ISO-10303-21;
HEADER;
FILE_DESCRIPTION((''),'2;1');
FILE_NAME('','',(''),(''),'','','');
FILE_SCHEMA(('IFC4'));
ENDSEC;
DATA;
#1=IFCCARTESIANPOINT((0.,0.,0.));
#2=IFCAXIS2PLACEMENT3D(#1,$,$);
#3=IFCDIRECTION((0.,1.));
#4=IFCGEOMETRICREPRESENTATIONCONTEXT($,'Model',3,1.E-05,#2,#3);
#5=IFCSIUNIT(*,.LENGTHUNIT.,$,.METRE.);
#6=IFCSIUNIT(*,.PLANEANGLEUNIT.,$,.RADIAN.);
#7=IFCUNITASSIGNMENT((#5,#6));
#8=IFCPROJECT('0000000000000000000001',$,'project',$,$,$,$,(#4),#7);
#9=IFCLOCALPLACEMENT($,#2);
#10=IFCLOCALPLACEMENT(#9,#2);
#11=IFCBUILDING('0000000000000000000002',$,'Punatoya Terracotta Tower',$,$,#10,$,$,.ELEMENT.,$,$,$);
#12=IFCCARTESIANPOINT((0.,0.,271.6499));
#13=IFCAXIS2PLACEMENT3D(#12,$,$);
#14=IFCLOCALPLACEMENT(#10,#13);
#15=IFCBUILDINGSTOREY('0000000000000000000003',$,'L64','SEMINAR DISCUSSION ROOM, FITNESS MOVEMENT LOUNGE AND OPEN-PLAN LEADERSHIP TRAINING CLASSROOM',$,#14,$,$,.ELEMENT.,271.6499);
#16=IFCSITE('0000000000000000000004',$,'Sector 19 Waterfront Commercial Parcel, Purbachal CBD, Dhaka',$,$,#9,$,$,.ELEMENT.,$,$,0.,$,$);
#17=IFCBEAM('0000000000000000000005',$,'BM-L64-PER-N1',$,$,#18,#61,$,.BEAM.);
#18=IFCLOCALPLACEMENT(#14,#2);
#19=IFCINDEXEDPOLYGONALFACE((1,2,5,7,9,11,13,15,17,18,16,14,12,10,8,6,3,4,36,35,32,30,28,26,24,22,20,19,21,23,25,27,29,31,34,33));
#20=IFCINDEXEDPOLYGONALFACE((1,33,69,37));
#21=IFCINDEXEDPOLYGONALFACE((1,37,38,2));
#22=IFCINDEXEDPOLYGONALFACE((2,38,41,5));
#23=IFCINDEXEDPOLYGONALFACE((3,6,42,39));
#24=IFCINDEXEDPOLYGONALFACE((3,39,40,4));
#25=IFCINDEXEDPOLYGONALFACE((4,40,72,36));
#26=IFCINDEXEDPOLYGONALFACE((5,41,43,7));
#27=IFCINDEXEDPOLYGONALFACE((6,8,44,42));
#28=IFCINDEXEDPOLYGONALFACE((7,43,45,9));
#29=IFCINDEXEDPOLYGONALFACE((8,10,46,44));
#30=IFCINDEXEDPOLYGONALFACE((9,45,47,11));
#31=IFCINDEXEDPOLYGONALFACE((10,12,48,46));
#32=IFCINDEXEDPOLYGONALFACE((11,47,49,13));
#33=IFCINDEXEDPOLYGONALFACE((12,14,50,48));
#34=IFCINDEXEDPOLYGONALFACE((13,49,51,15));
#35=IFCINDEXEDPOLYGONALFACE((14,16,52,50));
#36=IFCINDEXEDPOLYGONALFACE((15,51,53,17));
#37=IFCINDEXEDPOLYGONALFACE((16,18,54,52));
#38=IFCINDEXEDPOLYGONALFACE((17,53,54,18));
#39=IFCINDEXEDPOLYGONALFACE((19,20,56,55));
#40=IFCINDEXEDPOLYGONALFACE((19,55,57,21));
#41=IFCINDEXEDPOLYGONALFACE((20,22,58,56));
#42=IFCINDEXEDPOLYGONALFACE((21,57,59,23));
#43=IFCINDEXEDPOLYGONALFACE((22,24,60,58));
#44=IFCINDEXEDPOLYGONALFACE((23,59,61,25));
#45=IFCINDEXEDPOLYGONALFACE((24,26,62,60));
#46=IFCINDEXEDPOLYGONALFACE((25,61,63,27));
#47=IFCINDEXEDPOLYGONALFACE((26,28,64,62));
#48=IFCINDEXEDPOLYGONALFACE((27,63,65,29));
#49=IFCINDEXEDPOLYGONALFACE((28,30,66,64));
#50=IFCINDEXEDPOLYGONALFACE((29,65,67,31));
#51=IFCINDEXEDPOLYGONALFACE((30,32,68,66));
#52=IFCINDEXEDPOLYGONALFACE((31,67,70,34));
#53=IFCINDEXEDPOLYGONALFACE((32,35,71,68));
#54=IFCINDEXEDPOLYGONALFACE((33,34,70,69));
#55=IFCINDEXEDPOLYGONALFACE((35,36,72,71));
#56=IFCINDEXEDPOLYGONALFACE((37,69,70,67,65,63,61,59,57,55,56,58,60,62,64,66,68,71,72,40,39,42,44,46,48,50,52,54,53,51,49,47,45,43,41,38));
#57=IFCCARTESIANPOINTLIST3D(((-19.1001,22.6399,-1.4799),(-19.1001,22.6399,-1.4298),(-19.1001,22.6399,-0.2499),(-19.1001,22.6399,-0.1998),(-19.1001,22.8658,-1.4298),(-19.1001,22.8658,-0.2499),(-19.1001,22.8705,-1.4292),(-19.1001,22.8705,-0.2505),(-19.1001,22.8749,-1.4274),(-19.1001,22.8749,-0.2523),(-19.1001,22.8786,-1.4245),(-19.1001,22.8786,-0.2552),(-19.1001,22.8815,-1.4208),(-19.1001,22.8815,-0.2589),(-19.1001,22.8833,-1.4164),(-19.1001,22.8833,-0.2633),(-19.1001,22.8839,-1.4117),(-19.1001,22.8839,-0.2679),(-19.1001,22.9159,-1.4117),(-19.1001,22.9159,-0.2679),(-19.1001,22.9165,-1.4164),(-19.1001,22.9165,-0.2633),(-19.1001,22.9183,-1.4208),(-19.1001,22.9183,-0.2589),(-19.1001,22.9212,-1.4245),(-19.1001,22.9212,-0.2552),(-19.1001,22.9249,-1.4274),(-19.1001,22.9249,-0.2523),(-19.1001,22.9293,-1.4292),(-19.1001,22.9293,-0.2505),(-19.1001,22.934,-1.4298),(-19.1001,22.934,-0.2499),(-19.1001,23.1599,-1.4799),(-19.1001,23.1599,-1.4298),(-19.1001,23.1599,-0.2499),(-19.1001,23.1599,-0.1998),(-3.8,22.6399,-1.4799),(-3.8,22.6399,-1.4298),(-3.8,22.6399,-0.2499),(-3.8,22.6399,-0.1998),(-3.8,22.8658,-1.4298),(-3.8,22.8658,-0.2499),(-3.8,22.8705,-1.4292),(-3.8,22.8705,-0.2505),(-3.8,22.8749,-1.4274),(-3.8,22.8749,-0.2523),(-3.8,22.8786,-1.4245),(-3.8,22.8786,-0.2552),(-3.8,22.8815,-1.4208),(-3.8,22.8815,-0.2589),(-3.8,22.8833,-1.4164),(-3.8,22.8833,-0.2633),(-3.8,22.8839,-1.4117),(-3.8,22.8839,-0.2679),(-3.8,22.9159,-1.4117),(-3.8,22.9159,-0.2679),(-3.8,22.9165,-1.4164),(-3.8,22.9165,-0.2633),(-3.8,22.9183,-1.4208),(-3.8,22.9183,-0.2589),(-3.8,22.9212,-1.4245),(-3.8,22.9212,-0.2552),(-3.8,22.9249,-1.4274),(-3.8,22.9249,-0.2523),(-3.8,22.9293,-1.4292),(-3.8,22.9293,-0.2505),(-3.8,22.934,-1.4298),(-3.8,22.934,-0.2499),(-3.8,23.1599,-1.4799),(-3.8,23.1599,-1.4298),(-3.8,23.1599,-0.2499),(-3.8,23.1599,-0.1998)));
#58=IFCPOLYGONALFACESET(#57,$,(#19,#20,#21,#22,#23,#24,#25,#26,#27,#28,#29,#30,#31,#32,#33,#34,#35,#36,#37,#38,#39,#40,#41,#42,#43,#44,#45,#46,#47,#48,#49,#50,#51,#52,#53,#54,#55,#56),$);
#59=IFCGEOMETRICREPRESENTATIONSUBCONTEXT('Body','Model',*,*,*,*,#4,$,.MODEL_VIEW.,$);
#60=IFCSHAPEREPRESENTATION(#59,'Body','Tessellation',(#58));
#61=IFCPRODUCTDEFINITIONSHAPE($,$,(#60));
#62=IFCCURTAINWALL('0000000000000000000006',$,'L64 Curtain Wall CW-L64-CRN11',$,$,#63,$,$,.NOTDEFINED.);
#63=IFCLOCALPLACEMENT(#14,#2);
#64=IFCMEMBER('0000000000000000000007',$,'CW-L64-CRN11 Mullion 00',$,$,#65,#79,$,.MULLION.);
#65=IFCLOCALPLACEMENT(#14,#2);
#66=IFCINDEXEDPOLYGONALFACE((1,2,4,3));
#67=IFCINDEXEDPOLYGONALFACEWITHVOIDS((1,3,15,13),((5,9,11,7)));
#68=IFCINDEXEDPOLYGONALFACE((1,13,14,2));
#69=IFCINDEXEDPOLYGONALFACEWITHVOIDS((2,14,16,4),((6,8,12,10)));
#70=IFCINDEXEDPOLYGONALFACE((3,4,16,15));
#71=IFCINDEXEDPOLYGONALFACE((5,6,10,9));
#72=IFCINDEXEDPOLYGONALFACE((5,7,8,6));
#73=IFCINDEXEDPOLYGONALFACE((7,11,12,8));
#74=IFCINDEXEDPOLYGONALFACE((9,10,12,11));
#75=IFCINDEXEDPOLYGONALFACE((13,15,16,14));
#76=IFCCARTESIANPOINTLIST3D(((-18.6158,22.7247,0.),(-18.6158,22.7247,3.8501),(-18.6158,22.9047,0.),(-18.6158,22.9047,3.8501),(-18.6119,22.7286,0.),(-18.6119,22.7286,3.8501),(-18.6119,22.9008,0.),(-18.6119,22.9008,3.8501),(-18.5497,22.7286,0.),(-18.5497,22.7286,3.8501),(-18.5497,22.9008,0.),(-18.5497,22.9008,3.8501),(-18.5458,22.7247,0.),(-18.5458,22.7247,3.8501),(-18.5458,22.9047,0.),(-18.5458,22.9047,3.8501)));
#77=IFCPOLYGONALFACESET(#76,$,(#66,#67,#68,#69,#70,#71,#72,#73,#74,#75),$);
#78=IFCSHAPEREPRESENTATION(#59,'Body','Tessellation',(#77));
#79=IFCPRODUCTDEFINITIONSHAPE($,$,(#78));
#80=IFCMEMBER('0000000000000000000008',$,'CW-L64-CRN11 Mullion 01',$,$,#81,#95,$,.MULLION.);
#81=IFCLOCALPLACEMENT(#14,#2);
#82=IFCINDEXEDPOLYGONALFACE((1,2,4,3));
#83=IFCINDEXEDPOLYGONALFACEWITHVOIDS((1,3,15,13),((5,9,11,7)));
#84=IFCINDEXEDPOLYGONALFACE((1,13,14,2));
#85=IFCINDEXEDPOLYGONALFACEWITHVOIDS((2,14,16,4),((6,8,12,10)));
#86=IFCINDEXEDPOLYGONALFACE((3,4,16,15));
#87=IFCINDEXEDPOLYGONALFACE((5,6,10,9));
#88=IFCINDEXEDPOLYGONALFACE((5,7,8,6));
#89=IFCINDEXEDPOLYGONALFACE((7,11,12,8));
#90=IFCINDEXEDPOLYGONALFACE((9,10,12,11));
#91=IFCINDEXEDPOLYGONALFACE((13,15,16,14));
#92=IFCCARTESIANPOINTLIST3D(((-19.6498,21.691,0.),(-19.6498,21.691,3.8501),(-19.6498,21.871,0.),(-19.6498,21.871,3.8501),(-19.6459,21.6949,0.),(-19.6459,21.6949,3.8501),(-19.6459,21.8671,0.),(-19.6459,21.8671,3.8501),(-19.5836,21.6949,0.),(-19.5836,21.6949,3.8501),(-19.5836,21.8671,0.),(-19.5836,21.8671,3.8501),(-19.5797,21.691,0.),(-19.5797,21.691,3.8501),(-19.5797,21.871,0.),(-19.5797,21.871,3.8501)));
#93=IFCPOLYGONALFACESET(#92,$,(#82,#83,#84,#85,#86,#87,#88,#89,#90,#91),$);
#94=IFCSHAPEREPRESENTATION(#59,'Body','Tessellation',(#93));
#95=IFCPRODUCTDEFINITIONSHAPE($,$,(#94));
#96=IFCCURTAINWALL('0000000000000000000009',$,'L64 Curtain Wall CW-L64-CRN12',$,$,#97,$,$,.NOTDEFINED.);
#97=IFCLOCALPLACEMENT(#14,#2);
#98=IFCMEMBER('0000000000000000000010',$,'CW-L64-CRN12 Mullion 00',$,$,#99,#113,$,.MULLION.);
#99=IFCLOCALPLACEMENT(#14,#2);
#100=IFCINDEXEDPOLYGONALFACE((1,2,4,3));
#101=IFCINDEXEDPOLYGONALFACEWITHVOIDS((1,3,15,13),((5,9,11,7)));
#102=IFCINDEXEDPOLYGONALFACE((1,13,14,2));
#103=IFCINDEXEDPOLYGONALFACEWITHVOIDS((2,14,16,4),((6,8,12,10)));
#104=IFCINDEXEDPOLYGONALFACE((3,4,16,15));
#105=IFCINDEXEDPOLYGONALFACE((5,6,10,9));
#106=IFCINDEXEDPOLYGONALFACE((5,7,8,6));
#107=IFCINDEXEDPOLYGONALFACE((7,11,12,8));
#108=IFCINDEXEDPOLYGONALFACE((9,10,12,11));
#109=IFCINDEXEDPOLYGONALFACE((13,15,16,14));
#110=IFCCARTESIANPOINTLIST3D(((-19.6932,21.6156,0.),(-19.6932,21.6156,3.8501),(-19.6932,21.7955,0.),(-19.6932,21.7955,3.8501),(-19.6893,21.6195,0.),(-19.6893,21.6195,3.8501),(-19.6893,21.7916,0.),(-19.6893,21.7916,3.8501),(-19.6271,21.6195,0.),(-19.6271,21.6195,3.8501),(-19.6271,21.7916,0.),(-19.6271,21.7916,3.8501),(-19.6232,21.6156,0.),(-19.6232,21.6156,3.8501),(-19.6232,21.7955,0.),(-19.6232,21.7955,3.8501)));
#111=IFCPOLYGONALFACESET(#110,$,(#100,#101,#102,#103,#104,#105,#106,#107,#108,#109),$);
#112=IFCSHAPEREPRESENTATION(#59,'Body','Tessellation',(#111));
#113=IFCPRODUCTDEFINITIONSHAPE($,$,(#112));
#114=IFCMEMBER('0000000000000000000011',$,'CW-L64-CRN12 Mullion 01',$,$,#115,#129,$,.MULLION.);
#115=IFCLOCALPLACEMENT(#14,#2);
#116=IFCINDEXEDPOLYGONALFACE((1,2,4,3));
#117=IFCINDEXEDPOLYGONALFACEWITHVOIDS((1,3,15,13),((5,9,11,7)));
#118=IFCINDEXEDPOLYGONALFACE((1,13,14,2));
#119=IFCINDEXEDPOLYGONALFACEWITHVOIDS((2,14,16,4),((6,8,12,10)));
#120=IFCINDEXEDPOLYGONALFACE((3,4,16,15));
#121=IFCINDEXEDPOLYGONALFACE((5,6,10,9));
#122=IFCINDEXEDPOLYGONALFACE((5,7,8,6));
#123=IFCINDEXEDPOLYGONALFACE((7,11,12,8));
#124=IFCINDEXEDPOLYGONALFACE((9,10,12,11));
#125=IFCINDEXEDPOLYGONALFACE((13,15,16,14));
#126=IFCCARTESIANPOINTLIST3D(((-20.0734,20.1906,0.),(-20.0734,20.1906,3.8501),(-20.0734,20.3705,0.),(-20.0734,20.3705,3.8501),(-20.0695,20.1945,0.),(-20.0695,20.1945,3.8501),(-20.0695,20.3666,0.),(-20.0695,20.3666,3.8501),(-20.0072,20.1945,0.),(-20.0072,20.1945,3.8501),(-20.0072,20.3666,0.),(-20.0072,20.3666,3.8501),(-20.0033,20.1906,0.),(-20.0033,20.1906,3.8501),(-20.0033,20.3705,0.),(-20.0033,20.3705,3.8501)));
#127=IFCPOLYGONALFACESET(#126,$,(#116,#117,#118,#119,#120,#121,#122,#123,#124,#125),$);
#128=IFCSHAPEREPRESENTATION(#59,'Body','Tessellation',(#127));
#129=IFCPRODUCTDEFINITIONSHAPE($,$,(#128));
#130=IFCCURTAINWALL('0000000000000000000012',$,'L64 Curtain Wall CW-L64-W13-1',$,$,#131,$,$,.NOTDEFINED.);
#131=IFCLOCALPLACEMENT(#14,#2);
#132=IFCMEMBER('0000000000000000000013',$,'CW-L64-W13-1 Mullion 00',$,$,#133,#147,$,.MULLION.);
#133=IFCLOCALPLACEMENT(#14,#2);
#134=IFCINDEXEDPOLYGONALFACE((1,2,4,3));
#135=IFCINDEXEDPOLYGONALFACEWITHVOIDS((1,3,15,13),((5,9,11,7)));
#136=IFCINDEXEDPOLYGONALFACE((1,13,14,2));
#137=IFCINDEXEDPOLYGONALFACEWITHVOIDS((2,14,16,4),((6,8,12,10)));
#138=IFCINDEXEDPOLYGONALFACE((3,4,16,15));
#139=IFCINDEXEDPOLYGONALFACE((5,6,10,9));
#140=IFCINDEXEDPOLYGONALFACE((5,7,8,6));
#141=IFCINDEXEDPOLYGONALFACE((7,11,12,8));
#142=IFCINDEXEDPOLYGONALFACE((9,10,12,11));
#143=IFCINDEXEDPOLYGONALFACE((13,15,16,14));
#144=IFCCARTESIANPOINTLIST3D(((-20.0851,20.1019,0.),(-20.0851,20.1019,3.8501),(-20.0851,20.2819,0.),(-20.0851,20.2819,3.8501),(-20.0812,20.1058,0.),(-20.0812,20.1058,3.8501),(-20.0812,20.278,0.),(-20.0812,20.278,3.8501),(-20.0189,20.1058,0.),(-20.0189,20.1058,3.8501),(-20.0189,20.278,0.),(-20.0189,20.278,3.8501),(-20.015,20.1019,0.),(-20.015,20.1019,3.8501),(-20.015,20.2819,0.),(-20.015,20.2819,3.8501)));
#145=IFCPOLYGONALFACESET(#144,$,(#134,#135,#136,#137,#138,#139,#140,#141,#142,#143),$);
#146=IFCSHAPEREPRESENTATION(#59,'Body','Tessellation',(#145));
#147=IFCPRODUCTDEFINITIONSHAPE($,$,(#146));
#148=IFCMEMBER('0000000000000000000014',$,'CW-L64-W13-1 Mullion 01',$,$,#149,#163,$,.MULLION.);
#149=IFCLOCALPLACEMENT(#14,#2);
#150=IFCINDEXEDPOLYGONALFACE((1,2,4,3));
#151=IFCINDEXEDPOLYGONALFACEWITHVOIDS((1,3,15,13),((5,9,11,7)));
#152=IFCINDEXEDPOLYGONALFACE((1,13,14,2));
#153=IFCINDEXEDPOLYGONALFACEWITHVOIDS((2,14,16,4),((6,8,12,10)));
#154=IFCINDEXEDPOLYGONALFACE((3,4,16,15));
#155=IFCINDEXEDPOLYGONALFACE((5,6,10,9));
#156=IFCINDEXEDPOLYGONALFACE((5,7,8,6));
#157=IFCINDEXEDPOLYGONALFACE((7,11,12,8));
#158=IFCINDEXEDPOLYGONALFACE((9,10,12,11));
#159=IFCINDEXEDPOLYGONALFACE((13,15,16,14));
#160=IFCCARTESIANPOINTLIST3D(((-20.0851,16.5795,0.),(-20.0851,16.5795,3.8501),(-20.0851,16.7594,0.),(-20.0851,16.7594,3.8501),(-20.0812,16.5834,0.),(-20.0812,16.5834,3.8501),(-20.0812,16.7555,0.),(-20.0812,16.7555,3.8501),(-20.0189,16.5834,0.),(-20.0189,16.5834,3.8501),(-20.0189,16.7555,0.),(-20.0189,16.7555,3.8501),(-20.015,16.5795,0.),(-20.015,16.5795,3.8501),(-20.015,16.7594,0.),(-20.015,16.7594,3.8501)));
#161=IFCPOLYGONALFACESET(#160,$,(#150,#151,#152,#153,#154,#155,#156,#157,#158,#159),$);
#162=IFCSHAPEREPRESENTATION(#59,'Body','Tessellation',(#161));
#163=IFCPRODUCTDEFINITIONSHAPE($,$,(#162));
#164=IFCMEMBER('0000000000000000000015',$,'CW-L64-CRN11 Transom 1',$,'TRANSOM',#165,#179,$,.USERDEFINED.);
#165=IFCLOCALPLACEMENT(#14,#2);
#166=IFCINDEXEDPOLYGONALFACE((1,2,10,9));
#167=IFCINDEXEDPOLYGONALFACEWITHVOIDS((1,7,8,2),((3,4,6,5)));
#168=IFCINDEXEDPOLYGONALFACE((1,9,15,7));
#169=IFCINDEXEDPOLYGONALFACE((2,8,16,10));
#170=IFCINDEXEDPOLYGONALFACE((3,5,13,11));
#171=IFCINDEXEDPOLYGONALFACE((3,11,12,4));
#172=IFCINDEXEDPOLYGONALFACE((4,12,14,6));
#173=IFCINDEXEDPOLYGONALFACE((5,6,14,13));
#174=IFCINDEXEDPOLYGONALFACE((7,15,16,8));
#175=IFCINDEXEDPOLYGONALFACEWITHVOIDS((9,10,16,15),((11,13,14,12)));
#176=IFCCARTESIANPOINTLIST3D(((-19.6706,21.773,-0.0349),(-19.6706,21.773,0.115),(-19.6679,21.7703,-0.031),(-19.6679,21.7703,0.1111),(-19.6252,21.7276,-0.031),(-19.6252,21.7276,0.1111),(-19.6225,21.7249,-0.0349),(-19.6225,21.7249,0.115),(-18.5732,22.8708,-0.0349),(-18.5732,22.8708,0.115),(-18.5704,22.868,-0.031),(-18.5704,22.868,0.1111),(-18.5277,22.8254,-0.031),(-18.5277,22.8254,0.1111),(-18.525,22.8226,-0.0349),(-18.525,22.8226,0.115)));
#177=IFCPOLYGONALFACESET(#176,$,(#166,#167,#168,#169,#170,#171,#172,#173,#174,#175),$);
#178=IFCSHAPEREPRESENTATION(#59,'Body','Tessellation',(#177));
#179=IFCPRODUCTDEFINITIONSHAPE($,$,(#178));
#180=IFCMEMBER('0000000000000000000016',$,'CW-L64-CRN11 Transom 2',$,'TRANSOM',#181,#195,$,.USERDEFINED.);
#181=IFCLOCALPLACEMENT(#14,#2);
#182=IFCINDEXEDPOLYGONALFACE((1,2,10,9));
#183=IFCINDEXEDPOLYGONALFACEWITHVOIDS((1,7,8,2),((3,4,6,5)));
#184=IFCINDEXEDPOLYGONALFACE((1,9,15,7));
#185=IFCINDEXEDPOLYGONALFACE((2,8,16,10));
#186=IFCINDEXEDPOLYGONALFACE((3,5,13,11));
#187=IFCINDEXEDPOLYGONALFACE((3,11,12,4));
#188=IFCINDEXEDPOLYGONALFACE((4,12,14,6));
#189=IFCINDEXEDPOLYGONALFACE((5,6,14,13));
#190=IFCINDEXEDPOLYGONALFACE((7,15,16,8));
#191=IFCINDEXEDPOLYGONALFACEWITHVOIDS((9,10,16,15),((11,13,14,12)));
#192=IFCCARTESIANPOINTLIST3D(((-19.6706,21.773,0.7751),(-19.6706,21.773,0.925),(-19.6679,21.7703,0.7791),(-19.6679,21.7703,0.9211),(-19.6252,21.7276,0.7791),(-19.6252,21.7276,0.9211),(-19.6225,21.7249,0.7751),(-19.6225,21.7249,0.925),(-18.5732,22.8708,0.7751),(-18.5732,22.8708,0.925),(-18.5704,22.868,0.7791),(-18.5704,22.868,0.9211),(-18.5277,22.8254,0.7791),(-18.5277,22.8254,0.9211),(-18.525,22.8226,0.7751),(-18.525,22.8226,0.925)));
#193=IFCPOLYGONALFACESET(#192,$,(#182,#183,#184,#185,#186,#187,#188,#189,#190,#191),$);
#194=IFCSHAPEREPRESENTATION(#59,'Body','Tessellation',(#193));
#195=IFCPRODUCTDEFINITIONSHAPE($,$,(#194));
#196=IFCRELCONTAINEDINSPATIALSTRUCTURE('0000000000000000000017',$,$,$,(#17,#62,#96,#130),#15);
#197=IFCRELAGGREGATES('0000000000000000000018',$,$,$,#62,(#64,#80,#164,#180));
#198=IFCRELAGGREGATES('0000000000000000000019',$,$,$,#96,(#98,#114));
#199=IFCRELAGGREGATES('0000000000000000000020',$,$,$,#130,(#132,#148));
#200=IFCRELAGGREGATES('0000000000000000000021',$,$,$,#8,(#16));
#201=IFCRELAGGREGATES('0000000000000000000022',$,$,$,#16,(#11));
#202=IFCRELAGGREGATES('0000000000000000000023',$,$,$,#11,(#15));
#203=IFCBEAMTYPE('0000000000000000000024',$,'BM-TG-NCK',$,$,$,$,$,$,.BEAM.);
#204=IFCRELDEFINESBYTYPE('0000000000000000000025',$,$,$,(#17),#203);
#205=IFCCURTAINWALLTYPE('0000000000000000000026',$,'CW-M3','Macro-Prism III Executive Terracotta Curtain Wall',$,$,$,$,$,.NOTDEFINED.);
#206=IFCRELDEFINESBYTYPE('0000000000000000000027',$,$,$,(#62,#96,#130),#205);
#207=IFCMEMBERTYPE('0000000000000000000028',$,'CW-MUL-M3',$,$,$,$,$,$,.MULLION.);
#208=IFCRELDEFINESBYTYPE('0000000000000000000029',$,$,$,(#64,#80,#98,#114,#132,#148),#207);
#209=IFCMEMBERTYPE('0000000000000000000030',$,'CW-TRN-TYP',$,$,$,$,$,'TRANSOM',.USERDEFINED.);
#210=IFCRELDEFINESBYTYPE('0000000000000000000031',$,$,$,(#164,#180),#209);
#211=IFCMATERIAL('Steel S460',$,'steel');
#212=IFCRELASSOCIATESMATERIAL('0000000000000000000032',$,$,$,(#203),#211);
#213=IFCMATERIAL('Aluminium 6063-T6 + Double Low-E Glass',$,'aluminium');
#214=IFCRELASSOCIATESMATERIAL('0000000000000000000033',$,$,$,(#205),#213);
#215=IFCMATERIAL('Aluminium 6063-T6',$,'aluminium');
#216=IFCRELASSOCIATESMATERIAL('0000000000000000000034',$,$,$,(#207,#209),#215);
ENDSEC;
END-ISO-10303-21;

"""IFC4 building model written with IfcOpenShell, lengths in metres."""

from ifc_helpers import new_model, si_unit, direction, frame, origin, origin_2d, place, context, subcontext, project, spatial, hollow_rectangle, i_section, extrude, material, material_profile, profile_set, type_object, element, aggregate, save


model = new_model("IFC4")

# Units and contexts
model_context = context("Model", 3, precision=1e-05, world=origin(), true_north=direction((0.0, 1.0)))
body_context = subcontext(model_context, "Body", "Model", "MODEL_VIEW")
ifc_project = project(units=[si_unit("LENGTHUNIT", "METRE"), si_unit("PLANEANGLEUNIT", "RADIAN")], contexts=[model_context])

# Site, building, storey
site_placement = place(None, origin())
site = spatial("IfcSite", under=ifc_project, at=site_placement, Name="Sector 19 Waterfront Commercial Parcel, Purbachal CBD, Dhaka", CompositionType="ELEMENT", RefElevation=0.0)
building_placement = place(site_placement, origin())
building = spatial("IfcBuilding", under=site, at=building_placement, Name="Punatoya Terracotta Tower", CompositionType="ELEMENT")
storey_placement = place(building_placement, frame((0.0, 0.0, 271.6499)))
storey = spatial("IfcBuildingStorey", under=building, at=storey_placement, Name="L64", Description="SEMINAR DISCUSSION ROOM, FITNESS MOVEMENT LOUNGE AND OPEN-PLAN LEADERSHIP TRAINING CLASSROOM", CompositionType="ELEMENT", Elevation=271.6499)

# Shared definitions
ifc_material_1 = material(Name="Steel S460", Category="steel")

# Beam
ifc_material_profile_1 = material_profile(ifc_material_1, i_section(OverallWidth=0.52, OverallDepth=1.28, WebThickness=0.032, FlangeThickness=0.05, FilletRadius=0.0181, at=origin_2d()))
ifc_profile_set_1 = profile_set([ifc_material_profile_1], Name="Steel S460")
beam_type_1 = type_object("IfcBeamType", Name="BM-TG-NCK", PredefinedType="BEAM", material=ifc_profile_set_1)
beam_1_placement = place(storey_placement, frame((-19.1001, 22.8999, -0.8398), z_axis=(1.0, 0.0, 0.0), x_axis=(0.0, 1.0, 0.0)))
element("IfcBeam", 1, at=beam_1_placement, inside=storey, type_object=beam_type_1, Name="BM-L64-PER-N1", PredefinedType="BEAM", context=body_context, shape_type="SweptSolid", body=[
    extrude(i_section(OverallWidth=0.52, OverallDepth=1.28, WebThickness=0.032, FlangeThickness=0.05, FilletRadius=0.0181, at=origin_2d()), origin(), (0.0, 0.0, 1.0), 15.3),
])

# Curtain walls, members
ifc_material_2 = material(Name="Aluminium 6063-T6 + Double Low-E Glass", Category="aluminium")
curtain_wall_type = type_object("IfcCurtainWallType", Name="CW-M3", Description="Macro-Prism III Executive Terracotta Curtain Wall", PredefinedType="NOTDEFINED", material=ifc_material_2)
curtain_wall_1_placement = place(storey_placement, origin())
curtain_wall_1 = element("IfcCurtainWall", 2, at=curtain_wall_1_placement, inside=storey, type_object=curtain_wall_type, Name="L64 Curtain Wall CW-L64-CRN11", PredefinedType="NOTDEFINED")
ifc_material_3 = material(Name="Aluminium 6063-T6", Category="aluminium")
ifc_material_profile_2 = material_profile(ifc_material_3, hollow_rectangle(XDim=0.0701, YDim=0.1799, WallThickness=0.0039, at=origin_2d()))
ifc_profile_set_2 = profile_set([ifc_material_profile_2], Name="Aluminium 6063-T6")
member_type_1 = type_object("IfcMemberType", Name="CW-MUL-M3", PredefinedType="MULLION", material=ifc_profile_set_2)
member_1_placement = place(storey_placement, frame((-18.5808, 22.8147, 0.0), z_axis=(0.0, 0.0, 1.0), x_axis=(1.0, 0.0, 0.0)))
member_1 = element("IfcMember", 3, at=member_1_placement, type_object=member_type_1, Name="CW-L64-CRN11 Mullion 00", PredefinedType="MULLION", context=body_context, shape_type="SweptSolid", body=[
    extrude(hollow_rectangle(XDim=0.0701, YDim=0.1799, WallThickness=0.0039, at=origin_2d()), origin(), (0.0, 0.0, 1.0), 3.8501),
])
member_2_placement = place(storey_placement, frame((-19.6147, 21.781, 0.0), z_axis=(0.0, 0.0, 1.0), x_axis=(1.0, 0.0, 0.0)))
member_2 = element("IfcMember", 4, at=member_2_placement, type_object=member_type_1, Name="CW-L64-CRN11 Mullion 01", PredefinedType="MULLION", context=body_context, shape_type="SweptSolid", body=[
    extrude(hollow_rectangle(XDim=0.0701, YDim=0.1799, WallThickness=0.0039, at=origin_2d()), origin(), (0.0, 0.0, 1.0), 3.8501),
])
curtain_wall_2_placement = place(storey_placement, origin())
curtain_wall_2 = element("IfcCurtainWall", 5, at=curtain_wall_2_placement, inside=storey, type_object=curtain_wall_type, Name="L64 Curtain Wall CW-L64-CRN12", PredefinedType="NOTDEFINED")
member_3_placement = place(storey_placement, frame((-19.6582, 21.7056, 0.0), z_axis=(0.0, 0.0, 1.0), x_axis=(1.0, 0.0, 0.0)))
member_3 = element("IfcMember", 6, at=member_3_placement, type_object=member_type_1, Name="CW-L64-CRN12 Mullion 00", PredefinedType="MULLION", context=body_context, shape_type="SweptSolid", body=[
    extrude(hollow_rectangle(XDim=0.0701, YDim=0.1799, WallThickness=0.0039, at=origin_2d()), origin(), (0.0, 0.0, 1.0), 3.8501),
])
member_4_placement = place(storey_placement, frame((-20.0383, 20.2805, 0.0), z_axis=(0.0, 0.0, 1.0), x_axis=(1.0, 0.0, 0.0)))
member_4 = element("IfcMember", 7, at=member_4_placement, type_object=member_type_1, Name="CW-L64-CRN12 Mullion 01", PredefinedType="MULLION", context=body_context, shape_type="SweptSolid", body=[
    extrude(hollow_rectangle(XDim=0.0701, YDim=0.1799, WallThickness=0.0039, at=origin_2d()), origin(), (0.0, 0.0, 1.0), 3.8501),
])
curtain_wall_3_placement = place(storey_placement, origin())
curtain_wall_3 = element("IfcCurtainWall", 8, at=curtain_wall_3_placement, inside=storey, type_object=curtain_wall_type, Name="L64 Curtain Wall CW-L64-W13-1", PredefinedType="NOTDEFINED")
member_5_placement = place(storey_placement, frame((-20.05, 20.1919, 0.0), z_axis=(0.0, 0.0, 1.0), x_axis=(1.0, 0.0, 0.0)))
member_5 = element("IfcMember", 9, at=member_5_placement, type_object=member_type_1, Name="CW-L64-W13-1 Mullion 00", PredefinedType="MULLION", context=body_context, shape_type="SweptSolid", body=[
    extrude(hollow_rectangle(XDim=0.0701, YDim=0.1799, WallThickness=0.0039, at=origin_2d()), origin(), (0.0, 0.0, 1.0), 3.8501),
])
member_6_placement = place(storey_placement, frame((-20.05, 16.6694, 0.0), z_axis=(0.0, 0.0, 1.0), x_axis=(1.0, 0.0, 0.0)))
member_6 = element("IfcMember", 10, at=member_6_placement, type_object=member_type_1, Name="CW-L64-W13-1 Mullion 01", PredefinedType="MULLION", context=body_context, shape_type="SweptSolid", body=[
    extrude(hollow_rectangle(XDim=0.0701, YDim=0.1799, WallThickness=0.0039, at=origin_2d()), origin(), (0.0, 0.0, 1.0), 3.8501),
])

# Members
ifc_material_profile_3 = material_profile(ifc_material_3, hollow_rectangle(XDim=0.0681, YDim=0.1499, WallThickness=0.0039, at=origin_2d()))
ifc_profile_set_3 = profile_set([ifc_material_profile_3], Name="Aluminium 6063-T6")
member_type_2 = type_object("IfcMemberType", Name="CW-TRN-TYP", ElementType="TRANSOM", PredefinedType="USERDEFINED", material=ifc_profile_set_3)
member_7_placement = place(storey_placement, frame((-18.5491, 22.8467, 0.04), z_axis=(-0.707028, -0.707185, 0.0), x_axis=(0.707185, -0.707028, 0.0)))
member_7 = element("IfcMember", 11, at=member_7_placement, type_object=member_type_2, Name="CW-L64-CRN11 Transom 1", ObjectType="TRANSOM", PredefinedType="USERDEFINED", context=body_context, shape_type="SweptSolid", body=[
    extrude(hollow_rectangle(XDim=0.0681, YDim=0.1499, WallThickness=0.0039, at=origin_2d()), origin(), (0.0, 0.0, 1.0), 1.5522),
])
member_8_placement = place(storey_placement, frame((-18.5491, 22.8467, 0.8501), z_axis=(-0.707028, -0.707185, 0.0), x_axis=(0.707185, -0.707028, 0.0)))
member_8 = element("IfcMember", 12, at=member_8_placement, type_object=member_type_2, Name="CW-L64-CRN11 Transom 2", ObjectType="TRANSOM", PredefinedType="USERDEFINED", context=body_context, shape_type="SweptSolid", body=[
    extrude(hollow_rectangle(XDim=0.0681, YDim=0.1499, WallThickness=0.0039, at=origin_2d()), origin(), (0.0, 0.0, 1.0), 1.5522),
])

aggregate(curtain_wall_1, [member_1, member_2, member_7, member_8])
aggregate(curtain_wall_2, [member_3, member_4])
aggregate(curtain_wall_3, [member_5, member_6])

save(model, "model.ifc")
